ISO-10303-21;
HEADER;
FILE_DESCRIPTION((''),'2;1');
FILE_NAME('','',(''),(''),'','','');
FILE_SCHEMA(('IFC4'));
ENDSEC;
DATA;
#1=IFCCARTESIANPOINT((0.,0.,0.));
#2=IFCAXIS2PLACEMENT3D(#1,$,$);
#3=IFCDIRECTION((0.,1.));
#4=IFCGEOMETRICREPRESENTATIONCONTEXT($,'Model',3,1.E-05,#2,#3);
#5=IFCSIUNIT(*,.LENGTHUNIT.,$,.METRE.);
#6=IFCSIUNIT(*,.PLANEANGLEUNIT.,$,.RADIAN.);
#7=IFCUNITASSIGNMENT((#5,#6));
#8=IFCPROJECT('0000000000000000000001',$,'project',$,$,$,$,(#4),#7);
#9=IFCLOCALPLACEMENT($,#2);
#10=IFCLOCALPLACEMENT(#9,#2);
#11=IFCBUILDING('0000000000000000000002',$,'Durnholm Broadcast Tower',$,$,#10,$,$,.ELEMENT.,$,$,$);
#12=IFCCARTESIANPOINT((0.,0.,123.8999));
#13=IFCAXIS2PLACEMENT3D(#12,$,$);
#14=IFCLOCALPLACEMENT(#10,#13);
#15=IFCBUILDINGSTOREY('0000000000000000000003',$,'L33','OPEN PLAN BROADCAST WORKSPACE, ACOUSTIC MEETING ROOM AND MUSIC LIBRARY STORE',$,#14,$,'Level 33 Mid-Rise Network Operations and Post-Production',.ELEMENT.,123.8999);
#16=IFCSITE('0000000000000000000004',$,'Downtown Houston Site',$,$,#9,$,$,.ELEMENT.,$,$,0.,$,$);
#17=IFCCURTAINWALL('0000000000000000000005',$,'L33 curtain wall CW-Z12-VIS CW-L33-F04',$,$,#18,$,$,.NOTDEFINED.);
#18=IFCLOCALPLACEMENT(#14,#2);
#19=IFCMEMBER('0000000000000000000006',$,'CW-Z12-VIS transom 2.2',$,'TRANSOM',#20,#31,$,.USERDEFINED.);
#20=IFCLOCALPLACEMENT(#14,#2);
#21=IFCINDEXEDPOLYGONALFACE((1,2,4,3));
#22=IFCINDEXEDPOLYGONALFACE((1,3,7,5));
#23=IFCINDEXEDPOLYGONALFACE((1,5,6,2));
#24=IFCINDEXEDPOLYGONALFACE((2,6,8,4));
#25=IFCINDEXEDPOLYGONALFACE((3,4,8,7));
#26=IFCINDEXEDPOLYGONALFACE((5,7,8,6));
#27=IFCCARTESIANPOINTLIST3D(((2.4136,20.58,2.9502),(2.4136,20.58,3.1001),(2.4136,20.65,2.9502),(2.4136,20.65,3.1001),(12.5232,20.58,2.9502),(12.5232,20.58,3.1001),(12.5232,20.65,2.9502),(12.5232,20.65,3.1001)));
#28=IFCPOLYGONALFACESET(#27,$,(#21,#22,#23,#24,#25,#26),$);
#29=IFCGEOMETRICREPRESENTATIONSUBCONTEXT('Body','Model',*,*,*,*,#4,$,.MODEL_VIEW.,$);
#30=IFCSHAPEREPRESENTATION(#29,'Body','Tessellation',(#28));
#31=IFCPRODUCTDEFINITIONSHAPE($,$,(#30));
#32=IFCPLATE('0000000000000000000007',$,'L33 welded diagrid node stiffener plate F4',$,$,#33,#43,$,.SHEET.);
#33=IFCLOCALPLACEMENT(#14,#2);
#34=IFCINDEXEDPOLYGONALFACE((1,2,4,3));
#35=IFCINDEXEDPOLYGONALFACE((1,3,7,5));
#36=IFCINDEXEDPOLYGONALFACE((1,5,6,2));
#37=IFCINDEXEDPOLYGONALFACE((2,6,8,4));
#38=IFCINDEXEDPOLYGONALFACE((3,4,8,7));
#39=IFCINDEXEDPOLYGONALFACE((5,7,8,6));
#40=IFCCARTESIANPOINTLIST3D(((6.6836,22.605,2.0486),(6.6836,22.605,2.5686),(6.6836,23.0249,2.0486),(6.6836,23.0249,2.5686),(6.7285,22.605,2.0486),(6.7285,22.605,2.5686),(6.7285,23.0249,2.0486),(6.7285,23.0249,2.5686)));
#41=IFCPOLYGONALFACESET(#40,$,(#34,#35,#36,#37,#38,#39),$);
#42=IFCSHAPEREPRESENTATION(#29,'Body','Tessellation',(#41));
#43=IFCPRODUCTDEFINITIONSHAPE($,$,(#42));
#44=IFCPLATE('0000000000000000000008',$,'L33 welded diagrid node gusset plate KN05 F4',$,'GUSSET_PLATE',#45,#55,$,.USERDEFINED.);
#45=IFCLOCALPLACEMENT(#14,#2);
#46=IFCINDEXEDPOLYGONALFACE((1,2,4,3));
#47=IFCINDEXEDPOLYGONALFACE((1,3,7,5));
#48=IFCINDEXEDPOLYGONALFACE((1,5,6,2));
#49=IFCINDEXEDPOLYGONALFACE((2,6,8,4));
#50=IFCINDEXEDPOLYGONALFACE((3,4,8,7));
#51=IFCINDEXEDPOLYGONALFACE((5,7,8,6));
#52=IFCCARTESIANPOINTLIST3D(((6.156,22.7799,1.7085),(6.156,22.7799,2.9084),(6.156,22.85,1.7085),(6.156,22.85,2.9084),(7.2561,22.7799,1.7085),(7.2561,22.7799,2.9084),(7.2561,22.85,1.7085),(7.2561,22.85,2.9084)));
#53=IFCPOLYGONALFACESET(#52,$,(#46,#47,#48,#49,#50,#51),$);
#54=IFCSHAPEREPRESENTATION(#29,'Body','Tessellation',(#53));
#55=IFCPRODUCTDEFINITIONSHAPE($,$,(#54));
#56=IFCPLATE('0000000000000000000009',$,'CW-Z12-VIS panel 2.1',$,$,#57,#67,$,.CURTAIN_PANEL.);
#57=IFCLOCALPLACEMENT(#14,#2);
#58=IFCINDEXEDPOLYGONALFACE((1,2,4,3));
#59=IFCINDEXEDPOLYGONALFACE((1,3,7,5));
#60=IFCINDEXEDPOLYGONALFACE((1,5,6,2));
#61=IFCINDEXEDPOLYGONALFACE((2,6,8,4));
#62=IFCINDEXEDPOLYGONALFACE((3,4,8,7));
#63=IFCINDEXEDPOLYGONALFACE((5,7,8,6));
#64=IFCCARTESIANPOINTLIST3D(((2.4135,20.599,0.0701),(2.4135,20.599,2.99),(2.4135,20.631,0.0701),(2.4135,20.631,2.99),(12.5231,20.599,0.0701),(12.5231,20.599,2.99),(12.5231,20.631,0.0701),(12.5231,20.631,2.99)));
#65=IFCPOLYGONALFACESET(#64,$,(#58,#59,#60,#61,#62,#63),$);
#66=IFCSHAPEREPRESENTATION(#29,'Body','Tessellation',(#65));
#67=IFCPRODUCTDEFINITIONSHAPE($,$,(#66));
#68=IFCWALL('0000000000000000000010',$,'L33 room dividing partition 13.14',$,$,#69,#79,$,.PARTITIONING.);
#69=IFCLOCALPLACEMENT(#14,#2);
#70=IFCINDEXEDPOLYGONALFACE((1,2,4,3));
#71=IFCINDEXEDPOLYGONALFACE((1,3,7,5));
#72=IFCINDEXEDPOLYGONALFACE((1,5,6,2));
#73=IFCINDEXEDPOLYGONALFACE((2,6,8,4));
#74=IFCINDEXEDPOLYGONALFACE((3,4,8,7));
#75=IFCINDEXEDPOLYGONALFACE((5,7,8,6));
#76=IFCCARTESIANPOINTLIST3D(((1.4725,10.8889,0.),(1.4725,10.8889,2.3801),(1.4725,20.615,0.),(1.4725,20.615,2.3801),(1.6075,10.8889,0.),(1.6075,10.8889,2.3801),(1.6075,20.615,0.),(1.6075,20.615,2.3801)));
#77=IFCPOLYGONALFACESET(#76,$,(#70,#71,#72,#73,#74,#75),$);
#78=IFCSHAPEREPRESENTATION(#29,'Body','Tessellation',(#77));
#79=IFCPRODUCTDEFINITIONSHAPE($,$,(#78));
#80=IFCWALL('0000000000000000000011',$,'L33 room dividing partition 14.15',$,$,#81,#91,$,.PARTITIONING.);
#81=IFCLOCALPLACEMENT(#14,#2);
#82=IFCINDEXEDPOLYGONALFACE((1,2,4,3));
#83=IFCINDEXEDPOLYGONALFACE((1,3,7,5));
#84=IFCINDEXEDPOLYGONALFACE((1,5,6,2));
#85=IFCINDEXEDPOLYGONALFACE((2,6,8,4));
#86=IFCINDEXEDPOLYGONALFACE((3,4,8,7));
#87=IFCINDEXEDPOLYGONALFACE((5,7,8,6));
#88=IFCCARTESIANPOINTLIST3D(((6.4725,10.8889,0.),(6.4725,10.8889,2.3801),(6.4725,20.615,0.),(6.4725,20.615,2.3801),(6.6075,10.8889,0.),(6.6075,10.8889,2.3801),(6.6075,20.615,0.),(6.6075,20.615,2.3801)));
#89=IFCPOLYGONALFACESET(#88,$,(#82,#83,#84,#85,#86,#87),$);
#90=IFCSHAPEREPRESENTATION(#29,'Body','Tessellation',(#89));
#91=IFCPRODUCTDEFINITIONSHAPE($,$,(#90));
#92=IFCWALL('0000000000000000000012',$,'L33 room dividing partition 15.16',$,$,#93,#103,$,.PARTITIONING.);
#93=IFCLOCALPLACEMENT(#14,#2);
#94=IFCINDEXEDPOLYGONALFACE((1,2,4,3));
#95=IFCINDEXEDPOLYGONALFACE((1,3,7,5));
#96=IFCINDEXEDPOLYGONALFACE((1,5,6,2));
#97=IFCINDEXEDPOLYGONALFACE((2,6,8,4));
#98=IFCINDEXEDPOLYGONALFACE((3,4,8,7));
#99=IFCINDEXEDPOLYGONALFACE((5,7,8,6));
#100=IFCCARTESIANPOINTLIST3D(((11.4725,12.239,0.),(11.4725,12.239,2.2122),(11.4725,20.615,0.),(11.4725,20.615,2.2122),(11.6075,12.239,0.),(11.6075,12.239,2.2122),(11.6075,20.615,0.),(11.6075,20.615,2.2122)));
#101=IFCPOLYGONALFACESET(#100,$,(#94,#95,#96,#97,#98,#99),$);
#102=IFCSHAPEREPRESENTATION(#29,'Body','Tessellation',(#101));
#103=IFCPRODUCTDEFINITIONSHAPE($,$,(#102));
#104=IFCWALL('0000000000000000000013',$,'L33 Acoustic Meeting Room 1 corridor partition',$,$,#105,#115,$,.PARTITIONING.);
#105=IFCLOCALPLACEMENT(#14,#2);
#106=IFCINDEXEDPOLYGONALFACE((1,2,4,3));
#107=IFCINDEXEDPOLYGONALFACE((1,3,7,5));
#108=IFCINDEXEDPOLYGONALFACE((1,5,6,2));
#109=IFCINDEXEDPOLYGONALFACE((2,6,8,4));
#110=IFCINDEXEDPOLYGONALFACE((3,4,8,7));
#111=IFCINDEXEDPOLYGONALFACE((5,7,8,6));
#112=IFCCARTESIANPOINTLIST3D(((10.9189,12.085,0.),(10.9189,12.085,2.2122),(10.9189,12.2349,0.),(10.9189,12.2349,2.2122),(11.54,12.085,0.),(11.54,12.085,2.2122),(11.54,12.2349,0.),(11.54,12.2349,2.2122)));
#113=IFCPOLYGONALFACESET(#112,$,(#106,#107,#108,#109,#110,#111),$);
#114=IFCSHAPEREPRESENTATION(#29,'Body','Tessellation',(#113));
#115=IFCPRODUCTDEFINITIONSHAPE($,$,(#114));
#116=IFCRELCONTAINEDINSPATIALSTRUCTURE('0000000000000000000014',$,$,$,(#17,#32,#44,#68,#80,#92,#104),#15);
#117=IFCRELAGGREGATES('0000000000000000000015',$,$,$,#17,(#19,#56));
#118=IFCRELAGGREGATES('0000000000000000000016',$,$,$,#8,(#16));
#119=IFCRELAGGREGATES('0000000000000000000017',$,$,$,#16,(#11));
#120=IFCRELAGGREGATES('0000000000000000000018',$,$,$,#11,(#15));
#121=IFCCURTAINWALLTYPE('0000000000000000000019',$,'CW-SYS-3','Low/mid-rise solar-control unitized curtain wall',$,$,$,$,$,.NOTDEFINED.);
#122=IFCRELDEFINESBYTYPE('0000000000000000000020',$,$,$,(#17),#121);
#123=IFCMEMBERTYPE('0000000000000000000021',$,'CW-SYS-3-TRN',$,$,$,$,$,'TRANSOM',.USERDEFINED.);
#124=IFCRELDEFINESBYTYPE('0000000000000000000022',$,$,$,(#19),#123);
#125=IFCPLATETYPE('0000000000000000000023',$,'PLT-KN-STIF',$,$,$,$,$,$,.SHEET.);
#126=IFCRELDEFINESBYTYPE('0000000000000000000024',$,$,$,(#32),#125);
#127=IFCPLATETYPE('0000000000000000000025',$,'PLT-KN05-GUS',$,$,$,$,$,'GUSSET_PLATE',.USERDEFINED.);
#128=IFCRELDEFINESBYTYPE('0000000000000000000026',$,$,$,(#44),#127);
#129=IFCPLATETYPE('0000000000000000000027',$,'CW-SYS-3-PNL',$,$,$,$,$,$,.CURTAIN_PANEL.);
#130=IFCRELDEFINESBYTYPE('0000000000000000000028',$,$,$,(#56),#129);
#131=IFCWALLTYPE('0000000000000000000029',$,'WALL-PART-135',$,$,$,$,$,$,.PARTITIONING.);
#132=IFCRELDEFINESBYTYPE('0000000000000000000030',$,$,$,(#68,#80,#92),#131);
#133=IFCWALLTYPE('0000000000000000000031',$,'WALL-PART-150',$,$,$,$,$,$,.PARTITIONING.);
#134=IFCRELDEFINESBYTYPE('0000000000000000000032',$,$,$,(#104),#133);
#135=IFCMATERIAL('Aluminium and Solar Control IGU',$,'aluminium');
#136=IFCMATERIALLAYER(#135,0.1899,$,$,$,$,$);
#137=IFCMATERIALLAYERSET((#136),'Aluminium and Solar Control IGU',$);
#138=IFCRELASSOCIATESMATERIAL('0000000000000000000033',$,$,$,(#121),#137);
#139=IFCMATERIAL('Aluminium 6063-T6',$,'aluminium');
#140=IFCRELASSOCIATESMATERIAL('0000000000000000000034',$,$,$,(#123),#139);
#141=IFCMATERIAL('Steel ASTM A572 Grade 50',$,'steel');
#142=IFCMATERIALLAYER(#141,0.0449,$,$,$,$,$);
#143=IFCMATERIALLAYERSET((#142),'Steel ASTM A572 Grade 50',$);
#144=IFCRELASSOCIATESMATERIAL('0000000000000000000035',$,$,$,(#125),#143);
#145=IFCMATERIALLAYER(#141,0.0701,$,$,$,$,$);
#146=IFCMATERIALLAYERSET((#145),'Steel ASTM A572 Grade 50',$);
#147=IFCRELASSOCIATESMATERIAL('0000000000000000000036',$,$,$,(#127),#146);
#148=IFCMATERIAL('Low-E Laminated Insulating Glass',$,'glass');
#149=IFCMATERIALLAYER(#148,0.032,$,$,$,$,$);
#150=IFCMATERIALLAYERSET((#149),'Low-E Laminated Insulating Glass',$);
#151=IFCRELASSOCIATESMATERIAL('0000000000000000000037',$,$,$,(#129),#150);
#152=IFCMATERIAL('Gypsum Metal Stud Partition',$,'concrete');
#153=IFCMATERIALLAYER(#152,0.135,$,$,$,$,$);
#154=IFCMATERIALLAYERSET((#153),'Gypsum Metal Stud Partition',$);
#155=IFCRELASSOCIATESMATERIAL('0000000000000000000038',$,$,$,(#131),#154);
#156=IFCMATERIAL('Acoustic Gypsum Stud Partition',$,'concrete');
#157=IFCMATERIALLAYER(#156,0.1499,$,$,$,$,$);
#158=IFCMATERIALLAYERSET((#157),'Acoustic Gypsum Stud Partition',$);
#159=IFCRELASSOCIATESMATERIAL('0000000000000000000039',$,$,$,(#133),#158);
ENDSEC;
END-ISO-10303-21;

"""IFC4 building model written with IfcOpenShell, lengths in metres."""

from ifc_helpers import new_model, si_unit, direction, frame, frame_2d, origin, origin_2d, place, context, subcontext, project, spatial, rectangle, extrude, source, transform, mapped, material, layer, layer_set, material_profile, profile_set, type_object, type_shapes, element, aggregate, save


model = new_model("IFC4")

# Units and contexts
model_context = context("Model", 3, precision=1e-05, world=origin(), true_north=direction((0.0, 1.0)))
body_context = subcontext(model_context, "Body", "Model", "MODEL_VIEW")
ifc_project = project(units=[si_unit("LENGTHUNIT", "METRE"), si_unit("PLANEANGLEUNIT", "RADIAN")], contexts=[model_context])

# Site, building, storey
site_placement = place(None, origin())
site = spatial("IfcSite", under=ifc_project, at=site_placement, Name="Downtown Houston Site", CompositionType="ELEMENT", RefElevation=0.0)
building_placement = place(site_placement, origin())
building = spatial("IfcBuilding", under=site, at=building_placement, Name="Durnholm Broadcast Tower", CompositionType="ELEMENT")
storey_placement = place(building_placement, frame((0.0, 0.0, 123.8999)))
storey = spatial("IfcBuildingStorey", under=building, at=storey_placement, Name="L33", Description="OPEN PLAN BROADCAST WORKSPACE, ACOUSTIC MEETING ROOM AND MUSIC LIBRARY STORE", LongName="Level 33 Mid-Rise Network Operations and Post-Production", CompositionType="ELEMENT", Elevation=123.8999)

# Shared definitions
ifc_material_1 = material(Name="Aluminium and Solar Control IGU", Category="aluminium")
ifc_material_2 = material(Name="Aluminium 6063-T6", Category="aluminium")

# Curtain wall
ifc_layer_1 = layer(ifc_material_1, 0.1899)
ifc_layer_set_1 = layer_set([ifc_layer_1], Name="Aluminium and Solar Control IGU")
curtain_wall_type_1 = type_object("IfcCurtainWallType", Name="CW-SYS-3", Description="Low/mid-rise solar-control unitized curtain wall", PredefinedType="NOTDEFINED", material=ifc_layer_set_1)
curtain_wall_1_placement = place(storey_placement, origin())
curtain_wall_1 = element("IfcCurtainWall", 1, at=curtain_wall_1_placement, inside=storey, type_object=curtain_wall_type_1, Name="L33 curtain wall CW-Z12-VIS CW-L33-F04", PredefinedType="NOTDEFINED")

# Member
ifc_material_profile_1 = material_profile(ifc_material_2, rectangle(XDim=0.0701, YDim=0.1499, at=origin_2d()), Name="CWT70X150")
ifc_profile_set_1 = profile_set([ifc_material_profile_1], Name="Aluminium 6063-T6")
member_type_1 = type_object("IfcMemberType", Name="CW-SYS-3-TRN", ElementType="TRANSOM", PredefinedType="USERDEFINED", material=ifc_profile_set_1)
shared_shape_1 = source(origin(), body_context, "Body", "SweptSolid", [
    extrude(rectangle(XDim=0.0701, YDim=0.1499, at=origin_2d()), origin(), (0.0, 0.0, 1.0), 10.1096),
])
type_shapes(member_type_1, [shared_shape_1])
member_1_placement = place(storey_placement, frame((2.4136, 20.615, 3.0251), z_axis=(1.0, 0.0, 0.0), x_axis=(0.0, 1.0, 0.0)))
member_1 = element("IfcMember", 2, at=member_1_placement, type_object=member_type_1, Name="CW-Z12-VIS transom 2.2", ObjectType="TRANSOM", PredefinedType="USERDEFINED", context=body_context, shape_type="MappedRepresentation", body=[
    mapped(shared_shape_1, transform((0.0, 0.0, 0.0), x_axis=(1.0, 0.0, 0.0), y_axis=(0.0, 1.0, 0.0), z_axis=(0.0, 0.0, 1.0), scale=1.0)),
])

# Plates
ifc_material_3 = material(Name="Steel ASTM A572 Grade 50", Category="steel")
ifc_layer_2 = layer(ifc_material_3, 0.0449)
ifc_layer_set_2 = layer_set([ifc_layer_2], Name="Steel ASTM A572 Grade 50")
plate_type_1 = type_object("IfcPlateType", Name="PLT-KN-STIF", PredefinedType="SHEET", material=ifc_layer_set_2)
shared_shape_2 = source(origin(), body_context, "Body", "SweptSolid", [
    extrude(rectangle(XDim=0.0449, YDim=0.4199, at=origin_2d()), origin(), (0.0, 0.0, 1.0), 0.52),
])
type_shapes(plate_type_1, [shared_shape_2])
plate_1_placement = place(storey_placement, frame((6.7061, 22.8149, 2.0486), z_axis=(0.0, 0.0, 1.0), x_axis=(-1.0, 0.0, 0.0)))
element("IfcPlate", 3, at=plate_1_placement, inside=storey, type_object=plate_type_1, Name="L33 welded diagrid node stiffener plate F4", PredefinedType="SHEET", context=body_context, shape_type="MappedRepresentation", body=[
    mapped(shared_shape_2, transform((0.0, 0.0, 0.0), x_axis=(1.0, 0.0, 0.0), y_axis=(0.0, 1.0, 0.0), z_axis=(0.0, 0.0, 1.0), scale=1.0)),
])
ifc_layer_3 = layer(ifc_material_3, 0.0701)
ifc_layer_set_3 = layer_set([ifc_layer_3], Name="Steel ASTM A572 Grade 50")
plate_type_2 = type_object("IfcPlateType", Name="PLT-KN05-GUS", ElementType="GUSSET_PLATE", PredefinedType="USERDEFINED", material=ifc_layer_set_3)
shared_shape_3 = source(origin(), body_context, "Body", "SweptSolid", [
    extrude(rectangle(XDim=1.1001, YDim=0.0701, at=origin_2d()), origin(), (0.0, 0.0, 1.0), 1.2),
])
type_shapes(plate_type_2, [shared_shape_3])
plate_2_placement = place(storey_placement, frame((6.7061, 22.8149, 1.7085), z_axis=(0.0, 0.0, 1.0), x_axis=(-1.0, 0.0, 0.0)))
element("IfcPlate", 4, at=plate_2_placement, inside=storey, type_object=plate_type_2, Name="L33 welded diagrid node gusset plate KN05 F4", ObjectType="GUSSET_PLATE", PredefinedType="USERDEFINED", context=body_context, shape_type="MappedRepresentation", body=[
    mapped(shared_shape_3, transform((0.0, 0.0, 0.0), x_axis=(1.0, 0.0, 0.0), y_axis=(0.0, 1.0, 0.0), z_axis=(0.0, 0.0, 1.0), scale=1.0)),
])

# Plate
ifc_material_4 = material(Name="Low-E Laminated Insulating Glass", Category="glass")
ifc_layer_4 = layer(ifc_material_4, 0.032)
ifc_layer_set_4 = layer_set([ifc_layer_4], Name="Low-E Laminated Insulating Glass")
plate_type_3 = type_object("IfcPlateType", Name="CW-SYS-3-PNL", PredefinedType="CURTAIN_PANEL", material=ifc_layer_set_4)
shared_shape_4 = source(origin(), body_context, "Body", "SweptSolid", [
    extrude(rectangle(XDim=10.1096, YDim=0.032, at=origin_2d()), origin(), (0.0, 0.0, 1.0), 2.9199),
])
type_shapes(plate_type_3, [shared_shape_4])
plate_3_placement = place(storey_placement, frame((7.4683, 20.615, 0.0701), z_axis=(0.0, 0.0, 1.0), x_axis=(1.0, 0.0, 0.0)))
plate_3 = element("IfcPlate", 5, at=plate_3_placement, type_object=plate_type_3, Name="CW-Z12-VIS panel 2.1", PredefinedType="CURTAIN_PANEL", context=body_context, shape_type="MappedRepresentation", body=[
    mapped(shared_shape_4, transform((0.0, 0.0, 0.0), x_axis=(1.0, 0.0, 0.0), y_axis=(0.0, 1.0, 0.0), z_axis=(0.0, 0.0, 1.0), scale=1.0)),
])
aggregate(curtain_wall_1, [member_1, plate_3])

# Walls
ifc_material_5 = material(Name="Gypsum Metal Stud Partition", Category="concrete")
ifc_layer_5 = layer(ifc_material_5, 0.135)
ifc_layer_set_5 = layer_set([ifc_layer_5], Name="Gypsum Metal Stud Partition")
wall_type_1 = type_object("IfcWallType", Name="WALL-PART-135", PredefinedType="PARTITIONING", material=ifc_layer_set_5)
for number, where, z_axis, x_axis, name in (
    (6, (1.54, 20.615, 0.0), (0.0, 0.0, 1.0), (0.0, -1.0, 0.0), "L33 room dividing partition 13.14"),
    (7, (6.54, 20.615, 0.0), (0.0, 0.0, 1.0), (0.0, -1.0, 0.0), "L33 room dividing partition 14.15"),
):
    element("IfcWall", number, at=place(storey_placement, frame(where, z_axis=z_axis, x_axis=x_axis)), inside=storey, type_object=wall_type_1, Name=name, PredefinedType="PARTITIONING", context=body_context, shape_type="SweptSolid", body=[
        extrude(rectangle(XDim=9.7261, YDim=0.135, at=frame_2d((4.863, 0.0))), origin(), (0.0, 0.0, 1.0), 2.3801),
    ])
wall_1_placement = place(storey_placement, frame((11.54, 20.615, 0.0), z_axis=(0.0, 0.0, 1.0), x_axis=(0.0, -1.0, 0.0)))
element("IfcWall", 8, at=wall_1_placement, inside=storey, type_object=wall_type_1, Name="L33 room dividing partition 15.16", PredefinedType="PARTITIONING", context=body_context, shape_type="SweptSolid", body=[
    extrude(rectangle(XDim=8.376, YDim=0.135, at=frame_2d((4.188, 0.0))), origin(), (0.0, 0.0, 1.0), 2.2122),
])
ifc_material_6 = material(Name="Acoustic Gypsum Stud Partition", Category="concrete")
ifc_layer_6 = layer(ifc_material_6, 0.1499)
ifc_layer_set_6 = layer_set([ifc_layer_6], Name="Acoustic Gypsum Stud Partition")
wall_type_2 = type_object("IfcWallType", Name="WALL-PART-150", PredefinedType="PARTITIONING", material=ifc_layer_set_6)
wall_2_placement = place(storey_placement, frame((11.54, 12.1599, 0.0), z_axis=(0.0, 0.0, 1.0), x_axis=(-1.0, 0.0, 0.0)))
element("IfcWall", 9, at=wall_2_placement, inside=storey, type_object=wall_type_2, Name="L33 Acoustic Meeting Room 1 corridor partition", PredefinedType="PARTITIONING", context=body_context, shape_type="SweptSolid", body=[
    extrude(rectangle(XDim=0.6211, YDim=0.1499, at=frame_2d((0.3105, 0.0))), origin(), (0.0, 0.0, 1.0), 2.2122),
])

save(model, "model.ifc")
